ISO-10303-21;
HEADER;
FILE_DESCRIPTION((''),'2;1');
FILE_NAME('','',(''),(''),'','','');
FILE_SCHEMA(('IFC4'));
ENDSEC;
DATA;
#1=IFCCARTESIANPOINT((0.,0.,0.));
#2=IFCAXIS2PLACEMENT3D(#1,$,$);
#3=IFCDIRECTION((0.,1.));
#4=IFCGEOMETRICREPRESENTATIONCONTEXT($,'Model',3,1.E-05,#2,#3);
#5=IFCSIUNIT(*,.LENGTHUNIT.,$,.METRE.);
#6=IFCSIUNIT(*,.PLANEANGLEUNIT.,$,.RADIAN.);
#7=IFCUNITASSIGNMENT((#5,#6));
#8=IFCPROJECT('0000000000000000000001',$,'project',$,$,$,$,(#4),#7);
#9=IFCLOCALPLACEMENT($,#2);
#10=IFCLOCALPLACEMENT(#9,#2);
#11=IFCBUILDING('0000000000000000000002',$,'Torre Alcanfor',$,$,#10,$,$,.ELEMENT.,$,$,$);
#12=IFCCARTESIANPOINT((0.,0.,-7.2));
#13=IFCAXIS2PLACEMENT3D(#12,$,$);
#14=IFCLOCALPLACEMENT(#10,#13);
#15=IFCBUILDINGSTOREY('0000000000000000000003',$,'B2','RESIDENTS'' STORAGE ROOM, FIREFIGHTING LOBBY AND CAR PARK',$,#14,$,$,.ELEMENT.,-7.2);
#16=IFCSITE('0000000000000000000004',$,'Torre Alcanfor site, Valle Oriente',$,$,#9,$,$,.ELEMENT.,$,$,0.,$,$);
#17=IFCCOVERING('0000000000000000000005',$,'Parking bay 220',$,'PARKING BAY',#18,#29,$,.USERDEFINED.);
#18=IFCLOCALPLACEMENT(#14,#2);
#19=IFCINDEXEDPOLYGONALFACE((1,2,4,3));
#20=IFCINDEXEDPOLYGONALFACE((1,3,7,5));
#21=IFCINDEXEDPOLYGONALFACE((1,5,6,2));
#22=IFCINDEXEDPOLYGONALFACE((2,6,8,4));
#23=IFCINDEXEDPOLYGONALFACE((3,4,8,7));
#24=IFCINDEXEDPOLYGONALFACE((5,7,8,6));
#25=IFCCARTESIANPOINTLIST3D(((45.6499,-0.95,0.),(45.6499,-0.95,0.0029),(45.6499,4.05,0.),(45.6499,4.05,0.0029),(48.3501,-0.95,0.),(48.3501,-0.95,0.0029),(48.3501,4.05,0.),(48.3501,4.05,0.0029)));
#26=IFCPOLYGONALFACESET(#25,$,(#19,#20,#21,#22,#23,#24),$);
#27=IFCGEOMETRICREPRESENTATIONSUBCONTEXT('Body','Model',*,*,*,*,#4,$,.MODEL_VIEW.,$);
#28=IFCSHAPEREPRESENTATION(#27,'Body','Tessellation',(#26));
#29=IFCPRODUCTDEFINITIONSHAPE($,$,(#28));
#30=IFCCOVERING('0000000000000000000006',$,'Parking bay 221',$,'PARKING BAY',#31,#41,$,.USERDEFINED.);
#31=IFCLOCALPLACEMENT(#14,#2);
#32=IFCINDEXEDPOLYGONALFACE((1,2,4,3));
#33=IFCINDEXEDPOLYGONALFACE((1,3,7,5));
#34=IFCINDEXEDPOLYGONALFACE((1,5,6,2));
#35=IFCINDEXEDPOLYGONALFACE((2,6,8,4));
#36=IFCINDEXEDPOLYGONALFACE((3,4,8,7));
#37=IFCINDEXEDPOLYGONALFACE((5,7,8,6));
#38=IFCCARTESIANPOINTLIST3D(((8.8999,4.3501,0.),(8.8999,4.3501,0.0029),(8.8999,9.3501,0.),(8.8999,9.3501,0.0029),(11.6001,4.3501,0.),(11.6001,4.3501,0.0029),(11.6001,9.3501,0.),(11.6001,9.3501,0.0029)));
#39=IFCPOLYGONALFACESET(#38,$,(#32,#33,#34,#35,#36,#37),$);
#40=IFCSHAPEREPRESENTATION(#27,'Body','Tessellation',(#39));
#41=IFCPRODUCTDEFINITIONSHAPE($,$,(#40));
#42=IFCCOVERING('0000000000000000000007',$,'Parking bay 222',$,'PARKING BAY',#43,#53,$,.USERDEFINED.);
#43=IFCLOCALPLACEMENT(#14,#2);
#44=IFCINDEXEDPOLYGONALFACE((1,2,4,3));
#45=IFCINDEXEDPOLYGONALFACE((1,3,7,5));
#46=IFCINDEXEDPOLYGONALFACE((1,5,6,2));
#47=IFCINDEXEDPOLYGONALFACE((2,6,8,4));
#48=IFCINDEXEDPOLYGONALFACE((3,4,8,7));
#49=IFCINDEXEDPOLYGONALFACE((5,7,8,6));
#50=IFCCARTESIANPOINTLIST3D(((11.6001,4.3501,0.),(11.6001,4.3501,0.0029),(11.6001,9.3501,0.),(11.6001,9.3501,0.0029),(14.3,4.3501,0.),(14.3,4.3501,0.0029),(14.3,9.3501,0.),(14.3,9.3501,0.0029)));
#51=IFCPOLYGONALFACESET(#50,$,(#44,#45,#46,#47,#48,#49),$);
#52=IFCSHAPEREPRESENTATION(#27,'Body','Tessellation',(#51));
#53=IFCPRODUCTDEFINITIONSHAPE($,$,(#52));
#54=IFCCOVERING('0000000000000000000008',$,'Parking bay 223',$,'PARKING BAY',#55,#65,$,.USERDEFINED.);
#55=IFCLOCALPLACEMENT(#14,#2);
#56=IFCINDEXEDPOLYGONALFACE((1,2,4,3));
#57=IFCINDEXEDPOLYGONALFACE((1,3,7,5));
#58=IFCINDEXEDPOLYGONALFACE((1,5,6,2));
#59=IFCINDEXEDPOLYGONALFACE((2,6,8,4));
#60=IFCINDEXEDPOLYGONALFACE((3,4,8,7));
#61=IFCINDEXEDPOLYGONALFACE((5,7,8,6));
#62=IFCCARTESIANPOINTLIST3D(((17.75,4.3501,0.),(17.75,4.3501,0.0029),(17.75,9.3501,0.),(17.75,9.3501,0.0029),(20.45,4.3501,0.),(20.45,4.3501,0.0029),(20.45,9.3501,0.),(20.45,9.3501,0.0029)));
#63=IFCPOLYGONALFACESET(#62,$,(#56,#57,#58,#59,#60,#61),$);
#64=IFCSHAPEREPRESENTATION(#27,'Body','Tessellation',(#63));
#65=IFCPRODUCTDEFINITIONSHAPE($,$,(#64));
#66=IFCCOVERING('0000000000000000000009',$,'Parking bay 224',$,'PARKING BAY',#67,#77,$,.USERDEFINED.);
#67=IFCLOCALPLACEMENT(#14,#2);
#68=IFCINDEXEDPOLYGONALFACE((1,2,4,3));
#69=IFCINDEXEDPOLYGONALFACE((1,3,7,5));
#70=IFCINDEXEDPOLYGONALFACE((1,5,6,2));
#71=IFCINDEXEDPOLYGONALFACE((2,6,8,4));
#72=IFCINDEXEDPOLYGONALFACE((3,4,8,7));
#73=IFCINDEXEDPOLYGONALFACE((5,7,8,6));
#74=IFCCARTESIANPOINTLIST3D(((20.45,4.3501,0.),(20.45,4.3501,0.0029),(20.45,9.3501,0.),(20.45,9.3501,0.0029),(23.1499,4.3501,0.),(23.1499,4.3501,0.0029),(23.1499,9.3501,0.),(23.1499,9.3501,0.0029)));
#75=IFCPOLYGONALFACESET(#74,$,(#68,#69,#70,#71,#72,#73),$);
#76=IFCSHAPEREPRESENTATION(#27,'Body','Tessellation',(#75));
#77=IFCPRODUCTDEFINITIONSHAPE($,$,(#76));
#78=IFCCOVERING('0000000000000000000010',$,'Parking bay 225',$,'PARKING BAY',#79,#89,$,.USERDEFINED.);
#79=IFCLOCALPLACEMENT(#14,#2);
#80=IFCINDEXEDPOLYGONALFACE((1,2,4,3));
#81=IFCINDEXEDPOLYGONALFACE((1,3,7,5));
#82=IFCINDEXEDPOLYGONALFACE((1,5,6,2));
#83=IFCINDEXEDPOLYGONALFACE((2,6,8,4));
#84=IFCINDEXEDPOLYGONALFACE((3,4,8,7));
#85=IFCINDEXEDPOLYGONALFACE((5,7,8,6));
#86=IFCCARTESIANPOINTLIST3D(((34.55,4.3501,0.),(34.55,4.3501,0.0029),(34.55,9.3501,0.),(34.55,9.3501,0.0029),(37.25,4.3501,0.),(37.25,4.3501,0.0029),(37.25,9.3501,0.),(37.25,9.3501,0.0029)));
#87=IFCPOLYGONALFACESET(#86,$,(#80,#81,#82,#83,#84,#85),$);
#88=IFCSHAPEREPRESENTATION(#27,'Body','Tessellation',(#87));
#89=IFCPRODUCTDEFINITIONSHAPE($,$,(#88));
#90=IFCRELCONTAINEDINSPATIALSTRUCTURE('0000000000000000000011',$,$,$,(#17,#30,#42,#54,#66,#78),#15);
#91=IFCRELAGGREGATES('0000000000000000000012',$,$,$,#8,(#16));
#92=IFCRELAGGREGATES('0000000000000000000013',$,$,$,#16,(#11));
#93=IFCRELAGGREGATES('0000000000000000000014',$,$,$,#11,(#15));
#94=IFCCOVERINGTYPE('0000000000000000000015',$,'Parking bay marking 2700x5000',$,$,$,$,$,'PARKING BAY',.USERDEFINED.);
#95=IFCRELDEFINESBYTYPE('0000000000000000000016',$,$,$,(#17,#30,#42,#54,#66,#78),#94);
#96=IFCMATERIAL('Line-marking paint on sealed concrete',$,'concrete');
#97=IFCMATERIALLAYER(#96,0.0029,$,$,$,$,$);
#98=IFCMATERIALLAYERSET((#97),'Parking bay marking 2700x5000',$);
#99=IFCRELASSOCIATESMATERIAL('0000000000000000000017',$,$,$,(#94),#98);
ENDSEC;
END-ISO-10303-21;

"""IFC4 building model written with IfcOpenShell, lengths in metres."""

from ifc_helpers import new_model, si_unit, direction, frame, origin, place, context, subcontext, project, spatial, polyline, outline, extrude, material, layer, layer_set, type_object, element, save


model = new_model("IFC4")

# Units and contexts
model_context = context("Model", 3, precision=1e-05, world=origin(), true_north=direction((0.0, 1.0)))
body_context = subcontext(model_context, "Body", "Model", "MODEL_VIEW")
ifc_project = project(units=[si_unit("LENGTHUNIT", "METRE"), si_unit("PLANEANGLEUNIT", "RADIAN")], contexts=[model_context])

# Site, building, storey
site_placement = place(None, origin())
site = spatial("IfcSite", under=ifc_project, at=site_placement, Name="Torre Alcanfor site, Valle Oriente", CompositionType="ELEMENT", RefElevation=0.0)
building_placement = place(site_placement, origin())
building = spatial("IfcBuilding", under=site, at=building_placement, Name="Torre Alcanfor", CompositionType="ELEMENT")
storey_placement = place(building_placement, frame((0.0, 0.0, -7.2)))
storey = spatial("IfcBuildingStorey", under=building, at=storey_placement, Name="B2", Description="RESIDENTS' STORAGE ROOM, FIREFIGHTING LOBBY AND CAR PARK", CompositionType="ELEMENT", Elevation=-7.2)

# Coverings
ifc_material = material(Name="Line-marking paint on sealed concrete", Category="concrete")
ifc_layer = layer(ifc_material, 0.0029)
ifc_layer_set = layer_set([ifc_layer], Name="Parking bay marking 2700x5000")
covering_type = type_object("IfcCoveringType", Name="Parking bay marking 2700x5000", ElementType="PARKING BAY", PredefinedType="USERDEFINED", material=ifc_layer_set)
covering_1_placement = place(storey_placement, origin())
element("IfcCovering", 1, at=covering_1_placement, inside=storey, type_object=covering_type, Name="Parking bay 220", ObjectType="PARKING BAY", PredefinedType="USERDEFINED", context=body_context, shape_type="SweptSolid", body=[
    extrude(outline(polyline([(45.6499, -0.95), (48.3501, -0.95), (48.3501, 4.05), (45.6499, 4.05), (45.6499, -0.95)])), origin(), (0.0, 0.0, 1.0), 0.0029),
])
covering_2_placement = place(storey_placement, origin())
element("IfcCovering", 2, at=covering_2_placement, inside=storey, type_object=covering_type, Name="Parking bay 221", ObjectType="PARKING BAY", PredefinedType="USERDEFINED", context=body_context, shape_type="SweptSolid", body=[
    extrude(outline(polyline([(8.8999, 4.3501), (11.6001, 4.3501), (11.6001, 9.3501), (8.8999, 9.3501), (8.8999, 4.3501)])), origin(), (0.0, 0.0, 1.0), 0.0029),
])
covering_3_placement = place(storey_placement, origin())
element("IfcCovering", 3, at=covering_3_placement, inside=storey, type_object=covering_type, Name="Parking bay 222", ObjectType="PARKING BAY", PredefinedType="USERDEFINED", context=body_context, shape_type="SweptSolid", body=[
    extrude(outline(polyline([(11.6001, 4.3501), (14.3, 4.3501), (14.3, 9.3501), (11.6001, 9.3501), (11.6001, 4.3501)])), origin(), (0.0, 0.0, 1.0), 0.0029),
])
covering_4_placement = place(storey_placement, origin())
element("IfcCovering", 4, at=covering_4_placement, inside=storey, type_object=covering_type, Name="Parking bay 223", ObjectType="PARKING BAY", PredefinedType="USERDEFINED", context=body_context, shape_type="SweptSolid", body=[
    extrude(outline(polyline([(17.75, 4.3501), (20.45, 4.3501), (20.45, 9.3501), (17.75, 9.3501), (17.75, 4.3501)])), origin(), (0.0, 0.0, 1.0), 0.0029),
])
covering_5_placement = place(storey_placement, origin())
element("IfcCovering", 5, at=covering_5_placement, inside=storey, type_object=covering_type, Name="Parking bay 224", ObjectType="PARKING BAY", PredefinedType="USERDEFINED", context=body_context, shape_type="SweptSolid", body=[
    extrude(outline(polyline([(20.45, 4.3501), (23.1499, 4.3501), (23.1499, 9.3501), (20.45, 9.3501), (20.45, 4.3501)])), origin(), (0.0, 0.0, 1.0), 0.0029),
])
covering_6_placement = place(storey_placement, origin())
element("IfcCovering", 6, at=covering_6_placement, inside=storey, type_object=covering_type, Name="Parking bay 225", ObjectType="PARKING BAY", PredefinedType="USERDEFINED", context=body_context, shape_type="SweptSolid", body=[
    extrude(outline(polyline([(34.55, 4.3501), (37.25, 4.3501), (37.25, 9.3501), (34.55, 9.3501), (34.55, 4.3501)])), origin(), (0.0, 0.0, 1.0), 0.0029),
])

save(model, "model.ifc")
